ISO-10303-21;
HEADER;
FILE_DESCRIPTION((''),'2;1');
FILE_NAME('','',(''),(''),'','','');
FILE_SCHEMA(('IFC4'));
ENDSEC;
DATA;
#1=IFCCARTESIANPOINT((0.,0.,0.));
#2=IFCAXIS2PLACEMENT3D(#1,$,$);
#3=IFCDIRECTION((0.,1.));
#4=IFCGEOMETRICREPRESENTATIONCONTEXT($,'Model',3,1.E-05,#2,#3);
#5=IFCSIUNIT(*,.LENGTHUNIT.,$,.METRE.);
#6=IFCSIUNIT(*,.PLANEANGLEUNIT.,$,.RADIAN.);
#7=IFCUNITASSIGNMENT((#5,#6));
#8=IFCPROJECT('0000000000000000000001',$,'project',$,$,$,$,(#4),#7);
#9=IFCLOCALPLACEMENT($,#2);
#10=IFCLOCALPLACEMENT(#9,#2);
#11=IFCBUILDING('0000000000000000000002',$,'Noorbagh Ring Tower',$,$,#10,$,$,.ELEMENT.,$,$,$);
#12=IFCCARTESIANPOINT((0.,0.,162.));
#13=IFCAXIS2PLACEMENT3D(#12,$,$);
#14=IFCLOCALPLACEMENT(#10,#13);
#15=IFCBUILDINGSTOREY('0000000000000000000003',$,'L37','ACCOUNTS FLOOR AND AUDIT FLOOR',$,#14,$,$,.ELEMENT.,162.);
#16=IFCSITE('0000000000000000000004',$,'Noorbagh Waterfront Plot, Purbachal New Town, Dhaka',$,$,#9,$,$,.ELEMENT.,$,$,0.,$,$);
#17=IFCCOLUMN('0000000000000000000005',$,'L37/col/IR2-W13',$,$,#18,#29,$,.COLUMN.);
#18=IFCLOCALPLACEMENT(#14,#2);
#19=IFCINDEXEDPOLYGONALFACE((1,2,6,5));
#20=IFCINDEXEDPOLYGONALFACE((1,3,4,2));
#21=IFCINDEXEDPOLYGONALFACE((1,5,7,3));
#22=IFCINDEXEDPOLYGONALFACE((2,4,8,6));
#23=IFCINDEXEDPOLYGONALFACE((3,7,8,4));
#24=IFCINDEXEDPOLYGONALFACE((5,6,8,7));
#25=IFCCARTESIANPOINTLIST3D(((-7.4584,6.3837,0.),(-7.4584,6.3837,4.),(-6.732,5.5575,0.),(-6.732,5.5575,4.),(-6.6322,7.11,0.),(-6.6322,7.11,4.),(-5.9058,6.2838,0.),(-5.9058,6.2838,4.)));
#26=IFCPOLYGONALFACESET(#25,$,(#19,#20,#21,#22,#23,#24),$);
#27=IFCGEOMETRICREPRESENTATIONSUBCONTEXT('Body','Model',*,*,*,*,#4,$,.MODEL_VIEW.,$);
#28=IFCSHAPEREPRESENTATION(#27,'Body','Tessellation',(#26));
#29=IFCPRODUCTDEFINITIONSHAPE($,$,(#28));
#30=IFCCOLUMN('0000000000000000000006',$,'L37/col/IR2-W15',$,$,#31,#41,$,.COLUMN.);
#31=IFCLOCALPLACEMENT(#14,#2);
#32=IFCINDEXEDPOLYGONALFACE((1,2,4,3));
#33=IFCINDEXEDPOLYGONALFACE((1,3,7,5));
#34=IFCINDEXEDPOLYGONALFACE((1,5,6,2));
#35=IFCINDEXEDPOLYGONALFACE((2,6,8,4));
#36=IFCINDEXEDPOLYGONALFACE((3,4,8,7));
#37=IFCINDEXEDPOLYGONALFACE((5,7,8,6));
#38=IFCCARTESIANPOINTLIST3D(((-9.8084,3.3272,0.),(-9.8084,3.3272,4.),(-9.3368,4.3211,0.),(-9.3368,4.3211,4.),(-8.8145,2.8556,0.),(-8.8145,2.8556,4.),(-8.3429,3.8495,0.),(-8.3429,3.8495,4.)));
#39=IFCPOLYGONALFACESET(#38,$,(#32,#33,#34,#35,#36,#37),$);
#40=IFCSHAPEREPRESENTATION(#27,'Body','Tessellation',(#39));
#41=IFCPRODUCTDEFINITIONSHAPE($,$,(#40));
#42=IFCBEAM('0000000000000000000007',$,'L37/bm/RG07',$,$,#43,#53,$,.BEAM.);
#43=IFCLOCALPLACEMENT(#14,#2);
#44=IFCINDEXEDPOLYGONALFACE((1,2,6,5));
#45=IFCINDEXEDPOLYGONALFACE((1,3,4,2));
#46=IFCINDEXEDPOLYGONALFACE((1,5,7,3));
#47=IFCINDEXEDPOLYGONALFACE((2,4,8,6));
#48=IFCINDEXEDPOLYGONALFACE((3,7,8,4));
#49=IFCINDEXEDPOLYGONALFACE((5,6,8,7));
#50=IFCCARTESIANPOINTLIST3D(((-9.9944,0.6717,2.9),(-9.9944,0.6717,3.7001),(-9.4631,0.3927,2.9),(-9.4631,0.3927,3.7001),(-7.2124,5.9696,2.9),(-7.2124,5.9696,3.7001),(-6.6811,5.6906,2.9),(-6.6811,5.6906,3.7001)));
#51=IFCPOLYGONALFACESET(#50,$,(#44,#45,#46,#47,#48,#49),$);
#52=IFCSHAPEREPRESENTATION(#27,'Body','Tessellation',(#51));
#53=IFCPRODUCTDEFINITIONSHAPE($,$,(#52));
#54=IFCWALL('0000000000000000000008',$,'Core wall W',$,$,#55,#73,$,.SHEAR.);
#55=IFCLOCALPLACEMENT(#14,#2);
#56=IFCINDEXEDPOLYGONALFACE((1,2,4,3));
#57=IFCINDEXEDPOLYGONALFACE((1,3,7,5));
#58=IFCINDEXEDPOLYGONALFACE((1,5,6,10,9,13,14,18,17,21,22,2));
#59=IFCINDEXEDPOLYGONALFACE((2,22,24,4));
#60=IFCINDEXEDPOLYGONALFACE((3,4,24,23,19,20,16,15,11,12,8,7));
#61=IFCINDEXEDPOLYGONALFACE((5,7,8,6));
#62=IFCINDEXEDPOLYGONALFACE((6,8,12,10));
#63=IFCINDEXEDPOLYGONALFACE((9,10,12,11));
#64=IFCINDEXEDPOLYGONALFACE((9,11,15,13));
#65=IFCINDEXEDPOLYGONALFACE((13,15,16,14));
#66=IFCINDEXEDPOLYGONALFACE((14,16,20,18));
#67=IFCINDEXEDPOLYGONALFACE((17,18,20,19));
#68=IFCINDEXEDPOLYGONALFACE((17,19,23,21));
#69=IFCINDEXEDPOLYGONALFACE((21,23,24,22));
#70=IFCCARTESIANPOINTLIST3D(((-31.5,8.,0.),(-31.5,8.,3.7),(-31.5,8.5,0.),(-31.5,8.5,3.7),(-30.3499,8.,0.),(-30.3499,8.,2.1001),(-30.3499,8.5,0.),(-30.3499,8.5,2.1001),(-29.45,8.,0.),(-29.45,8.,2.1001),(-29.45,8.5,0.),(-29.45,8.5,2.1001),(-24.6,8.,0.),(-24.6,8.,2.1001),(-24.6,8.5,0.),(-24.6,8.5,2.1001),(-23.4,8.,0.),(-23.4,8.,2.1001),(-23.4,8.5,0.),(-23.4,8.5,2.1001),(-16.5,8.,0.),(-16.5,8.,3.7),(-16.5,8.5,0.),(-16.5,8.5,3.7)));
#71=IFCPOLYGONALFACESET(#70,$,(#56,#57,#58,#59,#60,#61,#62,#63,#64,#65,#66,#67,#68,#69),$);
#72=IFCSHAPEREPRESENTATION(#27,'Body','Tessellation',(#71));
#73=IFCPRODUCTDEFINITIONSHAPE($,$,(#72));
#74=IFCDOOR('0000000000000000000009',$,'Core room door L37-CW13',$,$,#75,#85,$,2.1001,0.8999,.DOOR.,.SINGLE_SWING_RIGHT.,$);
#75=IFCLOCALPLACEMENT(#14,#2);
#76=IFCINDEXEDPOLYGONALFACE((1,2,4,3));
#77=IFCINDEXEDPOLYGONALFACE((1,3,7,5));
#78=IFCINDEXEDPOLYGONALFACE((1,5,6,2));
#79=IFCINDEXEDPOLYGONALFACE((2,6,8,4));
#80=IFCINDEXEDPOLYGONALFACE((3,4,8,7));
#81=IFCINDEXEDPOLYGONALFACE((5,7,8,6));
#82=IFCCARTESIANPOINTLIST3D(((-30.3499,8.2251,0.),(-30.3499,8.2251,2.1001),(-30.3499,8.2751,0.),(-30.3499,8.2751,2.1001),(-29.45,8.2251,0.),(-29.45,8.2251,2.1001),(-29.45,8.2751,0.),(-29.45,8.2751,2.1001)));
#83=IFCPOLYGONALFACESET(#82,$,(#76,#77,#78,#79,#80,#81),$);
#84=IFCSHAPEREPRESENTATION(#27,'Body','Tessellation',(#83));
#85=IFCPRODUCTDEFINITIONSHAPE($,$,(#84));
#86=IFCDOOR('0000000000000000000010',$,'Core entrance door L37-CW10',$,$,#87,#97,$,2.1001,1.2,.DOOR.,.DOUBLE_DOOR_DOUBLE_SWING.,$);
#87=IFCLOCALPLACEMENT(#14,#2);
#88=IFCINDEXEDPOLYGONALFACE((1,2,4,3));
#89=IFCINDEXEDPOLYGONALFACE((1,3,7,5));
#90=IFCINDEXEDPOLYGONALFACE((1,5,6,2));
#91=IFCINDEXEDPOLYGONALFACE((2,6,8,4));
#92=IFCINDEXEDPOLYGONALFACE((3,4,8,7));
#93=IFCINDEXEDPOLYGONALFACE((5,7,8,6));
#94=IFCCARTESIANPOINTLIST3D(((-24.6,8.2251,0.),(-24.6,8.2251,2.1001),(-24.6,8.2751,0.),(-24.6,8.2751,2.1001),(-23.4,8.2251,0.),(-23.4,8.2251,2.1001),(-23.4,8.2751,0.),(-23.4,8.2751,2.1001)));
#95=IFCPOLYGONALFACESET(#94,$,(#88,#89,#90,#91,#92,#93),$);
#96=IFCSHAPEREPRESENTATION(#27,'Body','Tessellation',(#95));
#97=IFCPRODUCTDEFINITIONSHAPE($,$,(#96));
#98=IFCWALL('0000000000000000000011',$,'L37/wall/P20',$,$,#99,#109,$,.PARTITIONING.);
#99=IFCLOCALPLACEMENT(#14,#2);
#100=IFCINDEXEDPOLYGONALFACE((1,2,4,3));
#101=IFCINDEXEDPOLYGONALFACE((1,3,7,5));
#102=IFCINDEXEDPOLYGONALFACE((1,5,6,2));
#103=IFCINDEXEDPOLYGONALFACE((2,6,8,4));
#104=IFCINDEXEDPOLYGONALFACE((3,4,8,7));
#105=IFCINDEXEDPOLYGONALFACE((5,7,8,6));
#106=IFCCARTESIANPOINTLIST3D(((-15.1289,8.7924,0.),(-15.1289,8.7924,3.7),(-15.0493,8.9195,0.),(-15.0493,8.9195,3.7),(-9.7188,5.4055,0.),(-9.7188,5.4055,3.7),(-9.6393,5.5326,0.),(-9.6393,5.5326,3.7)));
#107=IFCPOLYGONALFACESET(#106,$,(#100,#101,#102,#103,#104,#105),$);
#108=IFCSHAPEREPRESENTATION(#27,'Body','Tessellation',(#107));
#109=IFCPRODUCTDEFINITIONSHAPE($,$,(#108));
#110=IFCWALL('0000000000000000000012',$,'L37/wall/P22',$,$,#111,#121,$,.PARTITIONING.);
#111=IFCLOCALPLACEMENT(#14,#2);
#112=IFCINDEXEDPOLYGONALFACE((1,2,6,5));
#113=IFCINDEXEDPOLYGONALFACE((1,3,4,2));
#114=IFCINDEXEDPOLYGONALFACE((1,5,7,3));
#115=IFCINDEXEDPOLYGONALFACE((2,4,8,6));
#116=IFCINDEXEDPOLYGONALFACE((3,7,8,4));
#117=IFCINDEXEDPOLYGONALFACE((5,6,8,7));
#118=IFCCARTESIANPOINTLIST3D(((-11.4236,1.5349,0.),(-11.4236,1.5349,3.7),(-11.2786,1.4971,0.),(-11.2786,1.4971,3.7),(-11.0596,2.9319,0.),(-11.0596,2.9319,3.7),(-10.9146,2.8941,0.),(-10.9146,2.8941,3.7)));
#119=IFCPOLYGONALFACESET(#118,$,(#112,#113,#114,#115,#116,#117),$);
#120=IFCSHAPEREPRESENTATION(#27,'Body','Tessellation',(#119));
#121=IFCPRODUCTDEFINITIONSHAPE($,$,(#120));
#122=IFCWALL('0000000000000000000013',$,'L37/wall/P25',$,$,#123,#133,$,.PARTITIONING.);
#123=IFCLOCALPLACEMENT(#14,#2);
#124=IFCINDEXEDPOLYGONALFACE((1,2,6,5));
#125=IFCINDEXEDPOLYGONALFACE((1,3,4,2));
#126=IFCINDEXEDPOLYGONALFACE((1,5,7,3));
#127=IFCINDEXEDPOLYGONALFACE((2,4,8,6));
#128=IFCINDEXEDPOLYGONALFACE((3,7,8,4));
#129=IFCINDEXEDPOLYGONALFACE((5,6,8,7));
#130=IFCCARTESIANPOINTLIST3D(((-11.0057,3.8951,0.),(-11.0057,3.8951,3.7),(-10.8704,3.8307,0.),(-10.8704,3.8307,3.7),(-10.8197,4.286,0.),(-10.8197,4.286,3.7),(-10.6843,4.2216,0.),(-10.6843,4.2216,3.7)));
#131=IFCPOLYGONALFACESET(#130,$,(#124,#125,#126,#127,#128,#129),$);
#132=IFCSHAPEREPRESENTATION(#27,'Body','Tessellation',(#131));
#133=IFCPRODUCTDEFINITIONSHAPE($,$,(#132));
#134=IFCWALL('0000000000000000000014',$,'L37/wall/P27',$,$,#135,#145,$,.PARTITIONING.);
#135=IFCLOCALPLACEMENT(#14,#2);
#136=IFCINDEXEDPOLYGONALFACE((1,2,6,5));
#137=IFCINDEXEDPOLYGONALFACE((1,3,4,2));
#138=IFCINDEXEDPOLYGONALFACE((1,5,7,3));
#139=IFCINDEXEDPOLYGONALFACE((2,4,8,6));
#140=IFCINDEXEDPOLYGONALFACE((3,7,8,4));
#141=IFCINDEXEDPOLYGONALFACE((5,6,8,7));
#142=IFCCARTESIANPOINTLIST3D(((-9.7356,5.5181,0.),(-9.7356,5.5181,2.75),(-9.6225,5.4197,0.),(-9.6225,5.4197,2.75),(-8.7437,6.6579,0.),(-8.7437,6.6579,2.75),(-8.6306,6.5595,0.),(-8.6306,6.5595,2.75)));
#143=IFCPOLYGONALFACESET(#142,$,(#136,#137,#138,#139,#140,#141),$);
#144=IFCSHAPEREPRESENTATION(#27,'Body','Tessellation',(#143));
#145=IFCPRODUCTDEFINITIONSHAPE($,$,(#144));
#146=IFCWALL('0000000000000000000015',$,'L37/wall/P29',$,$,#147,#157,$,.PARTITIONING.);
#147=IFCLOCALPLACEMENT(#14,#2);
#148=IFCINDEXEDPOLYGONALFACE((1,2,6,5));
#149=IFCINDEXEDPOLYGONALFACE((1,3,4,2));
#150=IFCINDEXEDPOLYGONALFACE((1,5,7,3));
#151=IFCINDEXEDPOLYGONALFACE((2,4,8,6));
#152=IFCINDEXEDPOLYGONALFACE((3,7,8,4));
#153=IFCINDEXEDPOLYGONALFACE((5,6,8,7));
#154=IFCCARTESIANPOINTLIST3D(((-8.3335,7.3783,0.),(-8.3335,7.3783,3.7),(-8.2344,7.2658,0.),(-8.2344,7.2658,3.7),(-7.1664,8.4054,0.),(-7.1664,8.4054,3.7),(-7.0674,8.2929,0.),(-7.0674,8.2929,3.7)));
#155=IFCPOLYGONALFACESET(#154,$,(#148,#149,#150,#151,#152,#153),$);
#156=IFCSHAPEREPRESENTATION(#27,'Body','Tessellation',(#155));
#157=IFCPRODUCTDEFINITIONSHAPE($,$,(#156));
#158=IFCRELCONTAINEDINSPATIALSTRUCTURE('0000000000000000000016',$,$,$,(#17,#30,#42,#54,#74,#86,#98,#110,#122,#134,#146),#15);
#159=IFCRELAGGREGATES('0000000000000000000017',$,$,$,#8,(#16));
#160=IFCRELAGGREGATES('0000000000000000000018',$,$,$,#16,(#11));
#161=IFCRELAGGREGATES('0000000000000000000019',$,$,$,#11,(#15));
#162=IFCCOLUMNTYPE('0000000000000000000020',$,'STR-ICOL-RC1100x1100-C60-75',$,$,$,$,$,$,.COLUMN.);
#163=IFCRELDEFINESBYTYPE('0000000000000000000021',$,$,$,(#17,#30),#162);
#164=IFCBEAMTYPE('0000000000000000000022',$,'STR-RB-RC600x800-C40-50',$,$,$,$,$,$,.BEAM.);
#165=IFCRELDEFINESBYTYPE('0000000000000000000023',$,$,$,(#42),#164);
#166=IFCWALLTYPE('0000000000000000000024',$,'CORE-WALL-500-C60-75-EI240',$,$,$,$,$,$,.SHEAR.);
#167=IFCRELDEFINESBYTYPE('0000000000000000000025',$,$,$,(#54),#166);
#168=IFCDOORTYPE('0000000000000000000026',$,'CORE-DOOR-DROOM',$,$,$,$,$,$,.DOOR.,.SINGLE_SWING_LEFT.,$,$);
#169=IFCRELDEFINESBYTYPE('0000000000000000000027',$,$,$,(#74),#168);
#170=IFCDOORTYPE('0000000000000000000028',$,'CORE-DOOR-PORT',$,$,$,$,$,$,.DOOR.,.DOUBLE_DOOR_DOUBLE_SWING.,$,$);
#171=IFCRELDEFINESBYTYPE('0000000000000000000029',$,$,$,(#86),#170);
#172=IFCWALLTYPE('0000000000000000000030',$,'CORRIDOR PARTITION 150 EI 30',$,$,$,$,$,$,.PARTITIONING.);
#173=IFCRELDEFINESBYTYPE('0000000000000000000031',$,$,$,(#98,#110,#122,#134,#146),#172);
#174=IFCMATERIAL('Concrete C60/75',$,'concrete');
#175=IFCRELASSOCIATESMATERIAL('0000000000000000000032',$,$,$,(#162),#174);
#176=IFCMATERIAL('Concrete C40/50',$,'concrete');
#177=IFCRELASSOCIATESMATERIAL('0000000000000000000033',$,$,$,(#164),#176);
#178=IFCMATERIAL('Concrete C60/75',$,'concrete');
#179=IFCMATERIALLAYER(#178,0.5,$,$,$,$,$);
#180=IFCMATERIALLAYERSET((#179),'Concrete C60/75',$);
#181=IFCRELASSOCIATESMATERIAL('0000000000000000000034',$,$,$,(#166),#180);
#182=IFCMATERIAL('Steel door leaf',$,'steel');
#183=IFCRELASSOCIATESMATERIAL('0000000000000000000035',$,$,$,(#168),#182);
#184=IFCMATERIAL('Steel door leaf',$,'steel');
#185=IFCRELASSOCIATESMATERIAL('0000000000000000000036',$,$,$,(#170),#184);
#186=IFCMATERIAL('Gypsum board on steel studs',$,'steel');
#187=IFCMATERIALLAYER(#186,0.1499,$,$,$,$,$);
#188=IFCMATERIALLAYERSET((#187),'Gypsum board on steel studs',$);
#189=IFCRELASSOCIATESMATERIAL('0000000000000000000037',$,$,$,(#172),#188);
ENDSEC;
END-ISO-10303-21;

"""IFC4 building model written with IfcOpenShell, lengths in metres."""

from ifc_helpers import new_model, si_unit, direction, frame, frame_2d, origin, origin_2d, place, context, subcontext, project, spatial, rectangle, extrude, material, layer, layer_set, material_profile, profile_set, type_object, element, fill, save


model = new_model("IFC4")

# Units and contexts
model_context = context("Model", 3, precision=1e-05, world=origin(), true_north=direction((0.0, 1.0)))
body_context = subcontext(model_context, "Body", "Model", "MODEL_VIEW")
ifc_project = project(units=[si_unit("LENGTHUNIT", "METRE"), si_unit("PLANEANGLEUNIT", "RADIAN")], contexts=[model_context])

# Site, building, storey
site_placement = place(None, origin())
site = spatial("IfcSite", under=ifc_project, at=site_placement, Name="Noorbagh Waterfront Plot, Purbachal New Town, Dhaka", CompositionType="ELEMENT", RefElevation=0.0)
building_placement = place(site_placement, origin())
building = spatial("IfcBuilding", under=site, at=building_placement, Name="Noorbagh Ring Tower", CompositionType="ELEMENT")
storey_placement = place(building_placement, frame((0.0, 0.0, 162.0)))
storey = spatial("IfcBuildingStorey", under=building, at=storey_placement, Name="L37", Description="ACCOUNTS FLOOR AND AUDIT FLOOR", CompositionType="ELEMENT", Elevation=162.0)

# Columns
ifc_material_1 = material(Name="Concrete C60/75", Category="concrete")
ifc_material_profile_1 = material_profile(ifc_material_1, rectangle(XDim=1.1001, YDim=1.1001, at=origin_2d()), Name="RC1100x1100")
ifc_profile_set_1 = profile_set([ifc_material_profile_1], Name="Concrete C60/75")
column_type = type_object("IfcColumnType", Name="STR-ICOL-RC1100x1100-C60-75", PredefinedType="COLUMN", material=ifc_profile_set_1)
for number, where, z_axis, x_axis, name in (
    (1, (-6.6821, 6.3337, 0.0), (0.0, 0.0, 1.0), (-0.751022, -0.660277, 0.0), "L37/col/IR2-W13"),
    (2, (-9.0757, 3.5884, 0.0), (0.0, 0.0, 1.0), (-0.428667, -0.903463, 0.0), "L37/col/IR2-W15"),
):
    element("IfcColumn", number, at=place(storey_placement, frame(where, z_axis=z_axis, x_axis=x_axis)), inside=storey, type_object=column_type, Name=name, PredefinedType="COLUMN", context=body_context, shape_type="SweptSolid", body=[
        extrude(rectangle(XDim=1.1001, YDim=1.1001, at=origin_2d()), origin(), (0.0, 0.0, 1.0), 4.0),
    ])

# Beam
ifc_material_2 = material(Name="Concrete C40/50", Category="concrete")
ifc_material_profile_2 = material_profile(ifc_material_2, rectangle(XDim=0.6001, YDim=0.8, at=origin_2d()), Name="RC600x800")
ifc_profile_set_2 = profile_set([ifc_material_profile_2], Name="Concrete C40/50")
beam_type = type_object("IfcBeamType", Name="STR-RB-RC600x800-C40-50", PredefinedType="BEAM", material=ifc_profile_set_2)
beam_placement = place(storey_placement, frame((-6.9468, 5.8301, 3.3), z_axis=(-0.464914, -0.885356, 0.0), x_axis=(0.885356, -0.464914, 0.0)))
element("IfcBeam", 3, at=beam_placement, inside=storey, type_object=beam_type, Name="L37/bm/RG07", PredefinedType="BEAM", context=body_context, shape_type="SweptSolid", body=[
    extrude(rectangle(XDim=0.6001, YDim=0.8, at=origin_2d()), origin(), (0.0, 0.0, 1.0), 5.9839),
])

# Wall, openings, doors
ifc_material_3 = material(Name="Concrete C60/75", Category="concrete")
ifc_layer_1 = layer(ifc_material_3, 0.5)
ifc_layer_set_1 = layer_set([ifc_layer_1], Name="Concrete C60/75")
wall_type_1 = type_object("IfcWallType", Name="CORE-WALL-500-C60-75-EI240", PredefinedType="SHEAR", material=ifc_layer_set_1)
wall_1_placement = place(storey_placement, frame((-16.5, 8.25, 0.0), z_axis=(0.0, 0.0, 1.0), x_axis=(-1.0, 0.0, 0.0)))
wall_1 = element("IfcWall", 4, at=wall_1_placement, inside=storey, type_object=wall_type_1, Name="Core wall W", PredefinedType="SHEAR", context=body_context, shape_type="SweptSolid", body=[
    extrude(rectangle(XDim=15.0, YDim=0.5, at=frame_2d((7.5, 0.0))), origin(), (0.0, 0.0, 1.0), 3.7),
])
opening_1_placement = place(wall_1_placement, frame((6.8999, 0.0, 0.0)))
opening_1 = element("IfcOpeningElement", 5, at=opening_1_placement, cuts=wall_1, PredefinedType="OPENING", context=body_context, shape_type="SweptSolid", body=[
    extrude(rectangle(XDim=1.2, YDim=2.1001, at=frame_2d((0.6001, 1.05))), frame((0.0, 0.26, 0.0), z_axis=(0.0, -1.0, 0.0), x_axis=(1.0, 0.0, 0.0)), (0.0, 0.0, 1.0), 0.52),
])
opening_2_placement = place(wall_1_placement, frame((12.95, 0.0, 0.0)))
opening_2 = element("IfcOpeningElement", 6, at=opening_2_placement, cuts=wall_1, PredefinedType="OPENING", context=body_context, shape_type="SweptSolid", body=[
    extrude(rectangle(XDim=0.8999, YDim=2.1001, at=frame_2d((0.45, 1.05))), frame((0.0, 0.26, 0.0), z_axis=(0.0, -1.0, 0.0), x_axis=(1.0, 0.0, 0.0)), (0.0, 0.0, 1.0), 0.52),
])
ifc_material_4 = material(Name="Steel door leaf", Category="steel")
door_type_1 = type_object("IfcDoorType", Name="CORE-DOOR-DROOM", OperationType="SINGLE_SWING_LEFT", PredefinedType="DOOR", material=ifc_material_4)
door_1_placement = place(opening_2_placement, origin())
door_1 = element("IfcDoor", 7, at=door_1_placement, inside=storey, type_object=door_type_1, Name="Core room door L37-CW13", OperationType="SINGLE_SWING_RIGHT", OverallHeight=2.1001, OverallWidth=0.8999, PredefinedType="DOOR", context=body_context, shape_type="SweptSolid", body=[
    extrude(rectangle(XDim=0.8999, YDim=2.1001, at=frame_2d((0.45, 1.05))), frame((0.0, 0.0249, 0.0), z_axis=(0.0, -1.0, 0.0), x_axis=(1.0, 0.0, 0.0)), (0.0, 0.0, 1.0), 0.05),
])
fill(opening_2, door_1)
ifc_material_5 = material(Name="Steel door leaf", Category="steel")
door_type_2 = type_object("IfcDoorType", Name="CORE-DOOR-PORT", OperationType="DOUBLE_DOOR_DOUBLE_SWING", PredefinedType="DOOR", material=ifc_material_5)
door_2_placement = place(opening_1_placement, origin())
door_2 = element("IfcDoor", 8, at=door_2_placement, inside=storey, type_object=door_type_2, Name="Core entrance door L37-CW10", OperationType="DOUBLE_DOOR_DOUBLE_SWING", OverallHeight=2.1001, OverallWidth=1.2, PredefinedType="DOOR", context=body_context, shape_type="SweptSolid", body=[
    extrude(rectangle(XDim=1.2, YDim=2.1001, at=frame_2d((0.6001, 1.05))), frame((0.0, 0.0249, 0.0), z_axis=(0.0, -1.0, 0.0), x_axis=(1.0, 0.0, 0.0)), (0.0, 0.0, 1.0), 0.05),
])
fill(opening_1, door_2)

# Walls
ifc_material_6 = material(Name="Gypsum board on steel studs", Category="steel")
ifc_layer_2 = layer(ifc_material_6, 0.1499)
ifc_layer_set_2 = layer_set([ifc_layer_2], Name="Gypsum board on steel studs")
wall_type_2 = type_object("IfcWallType", Name="CORRIDOR PARTITION 150 EI 30", PredefinedType="PARTITIONING", material=ifc_layer_set_2)
wall_2_placement = place(storey_placement, frame((-15.0891, 8.856, 0.0), z_axis=(0.0, 0.0, 1.0), x_axis=(0.847603, -0.530631, 0.0)))
element("IfcWall", 9, at=wall_2_placement, inside=storey, type_object=wall_type_2, Name="L37/wall/P20", PredefinedType="PARTITIONING", context=body_context, shape_type="SweptSolid", body=[
    extrude(rectangle(XDim=6.3828, YDim=0.1499, at=frame_2d((3.1914, 0.0))), origin(), (0.0, 0.0, 1.0), 3.7),
])
wall_3_placement = place(storey_placement, frame((-11.3511, 1.5161, 0.0), z_axis=(0.0, 0.0, 1.0), x_axis=(0.252153, 0.967687, 0.0)))
element("IfcWall", 10, at=wall_3_placement, inside=storey, type_object=wall_type_2, Name="L37/wall/P22", PredefinedType="PARTITIONING", context=body_context, shape_type="SweptSolid", body=[
    extrude(rectangle(XDim=1.4436, YDim=0.1499, at=frame_2d((0.7217, 0.0))), origin(), (0.0, 0.0, 1.0), 3.7),
])
wall_4_placement = place(storey_placement, frame((-10.938, 3.863, 0.0), z_axis=(0.0, 0.0, 1.0), x_axis=(0.429758, 0.902944, 0.0)))
element("IfcWall", 11, at=wall_4_placement, inside=storey, type_object=wall_type_2, Name="L37/wall/P25", PredefinedType="PARTITIONING", context=body_context, shape_type="SweptSolid", body=[
    extrude(rectangle(XDim=0.4329, YDim=0.1499, at=frame_2d((0.2163, 0.0))), origin(), (0.0, 0.0, 1.0), 3.7),
])
wall_5_placement = place(storey_placement, frame((-9.679, 5.469, 0.0), z_axis=(0.0, 0.0, 1.0), x_axis=(0.656455, 0.754365, 0.0)))
element("IfcWall", 12, at=wall_5_placement, inside=storey, type_object=wall_type_2, Name="L37/wall/P27", PredefinedType="PARTITIONING", context=body_context, shape_type="SweptSolid", body=[
    extrude(rectangle(XDim=1.511, YDim=0.1499, at=frame_2d((0.7554, 0.0))), origin(), (0.0, 0.0, 1.0), 2.75),
])
wall_6_placement = place(storey_placement, frame((-8.2839, 7.322, 0.0), z_axis=(0.0, 0.0, 1.0), x_axis=(0.750667, 0.660681, 0.0)))
element("IfcWall", 13, at=wall_6_placement, inside=storey, type_object=wall_type_2, Name="L37/wall/P29", PredefinedType="PARTITIONING", context=body_context, shape_type="SweptSolid", body=[
    extrude(rectangle(XDim=1.5547, YDim=0.1499, at=frame_2d((0.7773, 0.0))), origin(), (0.0, 0.0, 1.0), 3.7),
])

save(model, "model.ifc")
